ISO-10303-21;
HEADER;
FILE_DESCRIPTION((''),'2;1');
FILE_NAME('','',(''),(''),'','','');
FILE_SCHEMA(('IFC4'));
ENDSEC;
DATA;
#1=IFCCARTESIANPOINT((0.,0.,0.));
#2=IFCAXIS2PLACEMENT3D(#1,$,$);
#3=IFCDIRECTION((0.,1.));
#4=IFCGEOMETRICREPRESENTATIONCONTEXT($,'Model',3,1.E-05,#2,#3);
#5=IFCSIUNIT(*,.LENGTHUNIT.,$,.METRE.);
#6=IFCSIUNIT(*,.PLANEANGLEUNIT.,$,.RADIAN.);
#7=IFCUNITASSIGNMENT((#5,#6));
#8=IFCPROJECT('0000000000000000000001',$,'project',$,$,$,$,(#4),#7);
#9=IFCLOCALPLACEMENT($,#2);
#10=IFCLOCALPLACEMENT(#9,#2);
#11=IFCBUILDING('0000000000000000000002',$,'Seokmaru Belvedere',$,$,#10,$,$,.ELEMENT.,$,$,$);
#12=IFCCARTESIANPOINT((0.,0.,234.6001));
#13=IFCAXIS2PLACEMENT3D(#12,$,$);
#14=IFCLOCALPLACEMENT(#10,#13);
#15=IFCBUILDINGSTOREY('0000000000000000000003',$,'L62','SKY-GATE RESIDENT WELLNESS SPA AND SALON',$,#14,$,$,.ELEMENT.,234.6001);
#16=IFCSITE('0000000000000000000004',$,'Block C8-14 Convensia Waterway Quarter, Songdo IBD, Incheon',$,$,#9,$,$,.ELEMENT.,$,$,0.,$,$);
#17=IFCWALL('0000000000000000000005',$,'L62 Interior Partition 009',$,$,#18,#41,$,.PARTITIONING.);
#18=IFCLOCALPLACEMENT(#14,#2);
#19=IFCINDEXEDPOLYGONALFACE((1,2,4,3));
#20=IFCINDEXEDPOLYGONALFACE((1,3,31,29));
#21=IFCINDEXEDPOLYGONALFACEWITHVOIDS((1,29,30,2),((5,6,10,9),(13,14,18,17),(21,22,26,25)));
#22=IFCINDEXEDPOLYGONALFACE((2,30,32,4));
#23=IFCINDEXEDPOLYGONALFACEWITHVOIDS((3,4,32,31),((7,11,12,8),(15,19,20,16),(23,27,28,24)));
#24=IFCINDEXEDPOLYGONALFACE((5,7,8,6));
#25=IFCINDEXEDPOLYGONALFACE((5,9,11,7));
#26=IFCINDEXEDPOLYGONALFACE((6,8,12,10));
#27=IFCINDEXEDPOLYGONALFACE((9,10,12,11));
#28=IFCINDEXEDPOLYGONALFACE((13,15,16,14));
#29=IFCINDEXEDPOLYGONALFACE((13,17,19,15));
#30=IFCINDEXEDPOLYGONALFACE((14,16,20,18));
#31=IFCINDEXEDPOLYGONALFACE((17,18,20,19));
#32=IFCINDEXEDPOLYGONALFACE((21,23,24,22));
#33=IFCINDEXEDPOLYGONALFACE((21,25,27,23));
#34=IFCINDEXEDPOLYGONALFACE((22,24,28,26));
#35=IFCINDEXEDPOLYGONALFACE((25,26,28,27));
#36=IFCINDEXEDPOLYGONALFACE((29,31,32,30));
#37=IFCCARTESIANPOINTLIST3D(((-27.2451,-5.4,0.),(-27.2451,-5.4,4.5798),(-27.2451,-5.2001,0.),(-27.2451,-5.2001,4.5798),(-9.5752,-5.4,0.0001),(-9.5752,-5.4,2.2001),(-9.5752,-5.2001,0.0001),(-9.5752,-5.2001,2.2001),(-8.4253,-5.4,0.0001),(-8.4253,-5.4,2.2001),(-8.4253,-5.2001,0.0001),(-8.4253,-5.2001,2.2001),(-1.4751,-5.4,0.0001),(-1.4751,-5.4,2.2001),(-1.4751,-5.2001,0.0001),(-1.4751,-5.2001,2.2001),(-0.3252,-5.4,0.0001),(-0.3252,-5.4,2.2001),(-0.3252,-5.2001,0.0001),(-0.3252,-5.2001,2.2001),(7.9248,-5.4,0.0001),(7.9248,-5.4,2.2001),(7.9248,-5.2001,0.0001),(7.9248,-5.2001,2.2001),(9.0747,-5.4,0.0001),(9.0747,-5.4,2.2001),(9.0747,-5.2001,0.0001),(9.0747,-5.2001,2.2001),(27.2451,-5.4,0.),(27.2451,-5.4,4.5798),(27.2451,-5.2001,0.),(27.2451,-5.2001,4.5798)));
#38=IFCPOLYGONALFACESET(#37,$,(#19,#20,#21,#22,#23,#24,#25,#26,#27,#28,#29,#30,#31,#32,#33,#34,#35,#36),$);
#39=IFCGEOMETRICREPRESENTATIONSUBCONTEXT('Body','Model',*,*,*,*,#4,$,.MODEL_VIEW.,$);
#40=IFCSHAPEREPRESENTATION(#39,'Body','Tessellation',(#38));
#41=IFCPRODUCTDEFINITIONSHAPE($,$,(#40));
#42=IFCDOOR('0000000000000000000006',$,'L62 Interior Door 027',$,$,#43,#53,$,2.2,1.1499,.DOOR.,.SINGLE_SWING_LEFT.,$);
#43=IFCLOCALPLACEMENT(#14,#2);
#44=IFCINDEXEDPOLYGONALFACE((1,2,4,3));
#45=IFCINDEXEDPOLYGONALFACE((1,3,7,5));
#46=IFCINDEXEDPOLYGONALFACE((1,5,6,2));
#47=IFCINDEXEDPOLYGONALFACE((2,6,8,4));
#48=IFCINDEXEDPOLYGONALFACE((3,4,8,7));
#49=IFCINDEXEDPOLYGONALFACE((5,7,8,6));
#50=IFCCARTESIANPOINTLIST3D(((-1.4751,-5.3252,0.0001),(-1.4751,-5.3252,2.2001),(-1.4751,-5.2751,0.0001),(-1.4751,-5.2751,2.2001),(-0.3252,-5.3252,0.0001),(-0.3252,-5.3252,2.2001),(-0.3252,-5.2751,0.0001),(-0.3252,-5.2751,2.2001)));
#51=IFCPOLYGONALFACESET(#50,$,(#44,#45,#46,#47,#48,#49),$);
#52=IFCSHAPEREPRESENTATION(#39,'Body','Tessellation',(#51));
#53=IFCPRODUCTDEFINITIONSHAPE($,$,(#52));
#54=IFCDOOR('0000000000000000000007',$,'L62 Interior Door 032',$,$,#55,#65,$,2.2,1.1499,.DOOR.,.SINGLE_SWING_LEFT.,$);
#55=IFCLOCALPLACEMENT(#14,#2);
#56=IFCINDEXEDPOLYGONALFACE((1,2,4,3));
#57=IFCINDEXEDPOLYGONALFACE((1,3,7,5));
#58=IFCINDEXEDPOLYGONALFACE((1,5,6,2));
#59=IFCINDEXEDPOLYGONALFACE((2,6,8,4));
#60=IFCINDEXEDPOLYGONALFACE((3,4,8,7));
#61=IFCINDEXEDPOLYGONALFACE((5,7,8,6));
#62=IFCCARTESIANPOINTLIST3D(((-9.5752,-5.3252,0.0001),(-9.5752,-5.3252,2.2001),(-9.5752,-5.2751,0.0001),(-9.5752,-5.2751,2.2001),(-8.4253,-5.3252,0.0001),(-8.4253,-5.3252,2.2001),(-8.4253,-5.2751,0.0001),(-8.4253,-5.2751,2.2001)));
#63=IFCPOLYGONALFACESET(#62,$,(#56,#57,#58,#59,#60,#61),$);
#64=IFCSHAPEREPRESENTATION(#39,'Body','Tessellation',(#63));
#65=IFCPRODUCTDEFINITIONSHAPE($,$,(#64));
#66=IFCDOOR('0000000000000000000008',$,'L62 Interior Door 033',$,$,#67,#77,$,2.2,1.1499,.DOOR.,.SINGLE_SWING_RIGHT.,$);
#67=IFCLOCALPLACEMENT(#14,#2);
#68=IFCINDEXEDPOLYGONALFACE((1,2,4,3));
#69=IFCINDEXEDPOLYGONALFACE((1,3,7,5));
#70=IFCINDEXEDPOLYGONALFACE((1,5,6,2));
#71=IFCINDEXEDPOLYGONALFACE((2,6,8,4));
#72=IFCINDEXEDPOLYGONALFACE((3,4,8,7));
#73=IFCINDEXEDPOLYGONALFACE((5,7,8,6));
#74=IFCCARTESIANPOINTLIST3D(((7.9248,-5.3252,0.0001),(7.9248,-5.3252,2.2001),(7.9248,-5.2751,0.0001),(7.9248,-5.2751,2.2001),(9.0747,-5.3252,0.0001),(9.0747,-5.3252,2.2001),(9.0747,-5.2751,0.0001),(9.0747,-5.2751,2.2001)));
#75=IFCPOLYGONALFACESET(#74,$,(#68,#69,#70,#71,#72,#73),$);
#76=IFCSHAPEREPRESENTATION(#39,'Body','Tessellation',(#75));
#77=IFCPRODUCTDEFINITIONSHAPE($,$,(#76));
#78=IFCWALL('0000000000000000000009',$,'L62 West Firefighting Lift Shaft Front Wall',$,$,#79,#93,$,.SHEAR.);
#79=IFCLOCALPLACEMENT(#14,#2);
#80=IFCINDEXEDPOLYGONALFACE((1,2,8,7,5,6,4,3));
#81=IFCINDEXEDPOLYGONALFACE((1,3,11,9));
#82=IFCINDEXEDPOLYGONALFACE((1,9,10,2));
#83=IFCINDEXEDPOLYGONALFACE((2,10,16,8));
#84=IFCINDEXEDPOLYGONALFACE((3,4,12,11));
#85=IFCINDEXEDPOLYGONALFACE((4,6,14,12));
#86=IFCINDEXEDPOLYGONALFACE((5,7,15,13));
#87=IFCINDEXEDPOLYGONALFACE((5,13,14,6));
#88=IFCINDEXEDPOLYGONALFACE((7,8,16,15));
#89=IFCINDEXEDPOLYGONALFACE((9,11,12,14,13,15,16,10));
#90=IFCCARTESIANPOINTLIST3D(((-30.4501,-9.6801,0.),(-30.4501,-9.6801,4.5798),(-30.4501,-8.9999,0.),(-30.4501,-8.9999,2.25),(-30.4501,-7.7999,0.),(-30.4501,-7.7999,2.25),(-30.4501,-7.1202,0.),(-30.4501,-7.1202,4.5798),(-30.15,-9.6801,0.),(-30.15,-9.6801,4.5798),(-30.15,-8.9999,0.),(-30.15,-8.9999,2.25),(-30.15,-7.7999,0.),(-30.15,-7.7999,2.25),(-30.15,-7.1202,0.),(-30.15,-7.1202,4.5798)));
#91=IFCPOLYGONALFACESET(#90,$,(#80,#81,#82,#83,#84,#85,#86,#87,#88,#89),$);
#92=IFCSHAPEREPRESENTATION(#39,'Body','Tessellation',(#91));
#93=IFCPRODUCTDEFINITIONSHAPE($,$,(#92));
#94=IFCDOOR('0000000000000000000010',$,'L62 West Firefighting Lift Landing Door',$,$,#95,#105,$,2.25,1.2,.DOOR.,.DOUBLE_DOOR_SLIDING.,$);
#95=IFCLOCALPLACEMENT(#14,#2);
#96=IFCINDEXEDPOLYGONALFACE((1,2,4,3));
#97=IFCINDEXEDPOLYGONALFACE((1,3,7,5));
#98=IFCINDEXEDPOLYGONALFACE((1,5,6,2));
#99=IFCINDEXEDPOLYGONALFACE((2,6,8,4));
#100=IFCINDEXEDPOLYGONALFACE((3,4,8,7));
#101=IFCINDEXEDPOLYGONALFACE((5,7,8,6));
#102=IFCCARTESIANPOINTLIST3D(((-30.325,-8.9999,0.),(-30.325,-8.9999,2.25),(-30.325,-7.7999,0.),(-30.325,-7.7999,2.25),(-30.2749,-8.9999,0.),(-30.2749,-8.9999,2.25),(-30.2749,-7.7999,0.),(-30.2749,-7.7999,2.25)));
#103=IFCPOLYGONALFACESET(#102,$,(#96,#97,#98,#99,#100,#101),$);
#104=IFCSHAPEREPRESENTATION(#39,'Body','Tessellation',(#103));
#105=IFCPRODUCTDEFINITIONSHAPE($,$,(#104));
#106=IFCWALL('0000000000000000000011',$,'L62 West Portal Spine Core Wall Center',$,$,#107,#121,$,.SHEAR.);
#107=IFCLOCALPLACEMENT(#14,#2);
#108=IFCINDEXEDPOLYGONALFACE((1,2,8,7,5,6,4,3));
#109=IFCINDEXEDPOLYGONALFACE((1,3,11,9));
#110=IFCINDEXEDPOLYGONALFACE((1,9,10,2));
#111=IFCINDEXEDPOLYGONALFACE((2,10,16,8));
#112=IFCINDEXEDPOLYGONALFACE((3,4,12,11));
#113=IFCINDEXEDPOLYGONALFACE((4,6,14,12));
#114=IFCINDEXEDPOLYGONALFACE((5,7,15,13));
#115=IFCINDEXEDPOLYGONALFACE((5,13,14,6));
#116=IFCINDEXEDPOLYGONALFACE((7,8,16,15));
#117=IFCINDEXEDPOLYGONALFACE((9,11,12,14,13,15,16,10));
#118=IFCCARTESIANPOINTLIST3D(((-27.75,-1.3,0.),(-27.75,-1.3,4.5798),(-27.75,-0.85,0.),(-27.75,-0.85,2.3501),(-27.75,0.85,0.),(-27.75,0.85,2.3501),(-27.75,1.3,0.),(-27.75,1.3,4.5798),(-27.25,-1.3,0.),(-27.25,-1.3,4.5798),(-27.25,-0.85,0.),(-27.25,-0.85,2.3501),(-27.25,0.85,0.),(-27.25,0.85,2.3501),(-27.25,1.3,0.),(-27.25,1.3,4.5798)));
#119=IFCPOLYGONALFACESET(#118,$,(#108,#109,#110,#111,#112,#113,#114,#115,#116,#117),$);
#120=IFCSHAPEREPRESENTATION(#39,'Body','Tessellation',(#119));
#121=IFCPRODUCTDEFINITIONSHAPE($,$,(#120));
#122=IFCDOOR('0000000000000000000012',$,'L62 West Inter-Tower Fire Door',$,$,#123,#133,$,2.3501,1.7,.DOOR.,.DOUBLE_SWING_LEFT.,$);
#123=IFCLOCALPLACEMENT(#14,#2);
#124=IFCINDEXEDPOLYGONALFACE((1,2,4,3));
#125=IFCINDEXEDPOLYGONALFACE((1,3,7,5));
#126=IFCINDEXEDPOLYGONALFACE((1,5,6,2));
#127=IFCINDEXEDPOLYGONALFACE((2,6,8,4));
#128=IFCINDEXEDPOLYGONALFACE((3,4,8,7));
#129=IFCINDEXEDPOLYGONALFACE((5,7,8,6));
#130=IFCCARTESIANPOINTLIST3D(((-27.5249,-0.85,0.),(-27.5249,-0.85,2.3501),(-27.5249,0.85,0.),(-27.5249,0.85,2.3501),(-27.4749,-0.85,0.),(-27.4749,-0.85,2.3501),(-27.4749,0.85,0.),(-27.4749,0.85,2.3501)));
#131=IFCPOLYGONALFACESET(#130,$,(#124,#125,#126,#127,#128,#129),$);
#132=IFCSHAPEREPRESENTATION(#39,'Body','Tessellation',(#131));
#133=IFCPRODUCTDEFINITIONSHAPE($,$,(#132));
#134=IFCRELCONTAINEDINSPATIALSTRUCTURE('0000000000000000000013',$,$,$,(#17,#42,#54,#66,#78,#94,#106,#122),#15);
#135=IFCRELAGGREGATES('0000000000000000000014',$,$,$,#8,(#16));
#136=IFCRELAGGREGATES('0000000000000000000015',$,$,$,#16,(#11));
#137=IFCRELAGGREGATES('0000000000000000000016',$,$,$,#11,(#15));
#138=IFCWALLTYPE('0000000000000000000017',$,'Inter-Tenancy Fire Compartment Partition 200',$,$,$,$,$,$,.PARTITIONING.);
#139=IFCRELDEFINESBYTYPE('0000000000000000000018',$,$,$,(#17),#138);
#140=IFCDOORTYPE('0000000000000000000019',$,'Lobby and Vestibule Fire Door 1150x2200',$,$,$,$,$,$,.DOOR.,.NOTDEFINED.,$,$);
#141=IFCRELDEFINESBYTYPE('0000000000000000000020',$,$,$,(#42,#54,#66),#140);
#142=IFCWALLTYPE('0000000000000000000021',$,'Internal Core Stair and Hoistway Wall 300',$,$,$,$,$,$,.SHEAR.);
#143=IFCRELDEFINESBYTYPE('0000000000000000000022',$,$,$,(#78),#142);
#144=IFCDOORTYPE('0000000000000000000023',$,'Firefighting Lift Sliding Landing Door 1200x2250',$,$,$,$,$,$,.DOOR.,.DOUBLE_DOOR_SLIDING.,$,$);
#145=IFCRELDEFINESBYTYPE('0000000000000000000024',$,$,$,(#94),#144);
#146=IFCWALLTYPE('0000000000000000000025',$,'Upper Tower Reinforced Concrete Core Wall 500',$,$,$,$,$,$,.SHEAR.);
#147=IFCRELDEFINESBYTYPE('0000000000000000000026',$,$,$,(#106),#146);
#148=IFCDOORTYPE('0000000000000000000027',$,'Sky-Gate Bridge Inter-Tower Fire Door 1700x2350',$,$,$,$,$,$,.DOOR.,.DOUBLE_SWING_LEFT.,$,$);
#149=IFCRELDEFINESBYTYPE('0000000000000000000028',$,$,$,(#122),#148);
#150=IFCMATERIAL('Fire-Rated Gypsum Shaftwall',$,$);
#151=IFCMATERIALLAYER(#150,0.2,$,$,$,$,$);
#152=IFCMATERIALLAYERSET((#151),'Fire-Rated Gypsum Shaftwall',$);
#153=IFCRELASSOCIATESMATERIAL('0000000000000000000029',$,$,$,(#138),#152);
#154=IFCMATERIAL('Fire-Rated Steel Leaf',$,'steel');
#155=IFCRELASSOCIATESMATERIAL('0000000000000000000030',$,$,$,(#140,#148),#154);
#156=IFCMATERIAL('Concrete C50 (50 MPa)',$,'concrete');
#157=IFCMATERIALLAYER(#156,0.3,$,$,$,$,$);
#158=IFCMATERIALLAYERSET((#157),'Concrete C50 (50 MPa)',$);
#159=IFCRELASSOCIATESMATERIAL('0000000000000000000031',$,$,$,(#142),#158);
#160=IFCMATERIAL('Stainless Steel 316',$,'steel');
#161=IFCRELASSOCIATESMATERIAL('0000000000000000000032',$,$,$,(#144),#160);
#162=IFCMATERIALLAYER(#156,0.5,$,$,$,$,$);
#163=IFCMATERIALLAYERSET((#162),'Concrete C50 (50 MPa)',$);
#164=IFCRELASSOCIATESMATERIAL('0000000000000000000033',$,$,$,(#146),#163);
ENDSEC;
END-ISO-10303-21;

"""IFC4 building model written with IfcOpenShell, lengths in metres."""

from ifc_helpers import new_model, si_unit, direction, frame, frame_2d, origin, place, context, subcontext, project, spatial, rectangle, extrude, source, transform, mapped, material, layer, layer_set, type_object, type_shapes, element, fill, save


model = new_model("IFC4")

# Units and contexts
model_context = context("Model", 3, precision=1e-05, world=origin(), true_north=direction((0.0, 1.0)))
body_context = subcontext(model_context, "Body", "Model", "MODEL_VIEW")
ifc_project = project(units=[si_unit("LENGTHUNIT", "METRE"), si_unit("PLANEANGLEUNIT", "RADIAN")], contexts=[model_context])

# Site, building, storey
site_placement = place(None, origin())
site = spatial("IfcSite", under=ifc_project, at=site_placement, Name="Block C8-14 Convensia Waterway Quarter, Songdo IBD, Incheon", CompositionType="ELEMENT", RefElevation=0.0)
building_placement = place(site_placement, origin())
building = spatial("IfcBuilding", under=site, at=building_placement, Name="Seokmaru Belvedere", CompositionType="ELEMENT")
storey_placement = place(building_placement, frame((0.0, 0.0, 234.6001)))
storey = spatial("IfcBuildingStorey", under=building, at=storey_placement, Name="L62", Description="SKY-GATE RESIDENT WELLNESS SPA AND SALON", CompositionType="ELEMENT", Elevation=234.6001)

# Shared definitions
ifc_material_1 = material(Name="Fire-Rated Gypsum Shaftwall")

# Shared definitions
ifc_material_2 = material(Name="Concrete C50 (50 MPa)", Category="concrete")

# Shared definitions
ifc_layer_1 = layer(ifc_material_1, 0.2)
ifc_layer_set_1 = layer_set([ifc_layer_1], Name="Fire-Rated Gypsum Shaftwall")
wall_type_1 = type_object("IfcWallType", Name="Inter-Tenancy Fire Compartment Partition 200", PredefinedType="PARTITIONING", material=ifc_layer_set_1)
ifc_material_3 = material(Name="Fire-Rated Steel Leaf", Category="steel")
door_type_1 = type_object("IfcDoorType", Name="Lobby and Vestibule Fire Door 1150x2200", OperationType="NOTDEFINED", PredefinedType="DOOR", material=ifc_material_3)
shared_shape_1 = source(origin(), body_context, "Body", "SweptSolid", [
    extrude(rectangle(XDim=1.1499, YDim=2.2, at=frame_2d((0.575, 1.1001))), frame((0.0, 0.0249, 0.0), z_axis=(0.0, -1.0, 0.0), x_axis=(1.0, 0.0, 0.0)), (0.0, 0.0, 1.0), 0.05),
])
type_shapes(door_type_1, [shared_shape_1])

# Wall, openings, doors
wall_1_placement = place(storey_placement, frame((-27.2451, -5.3, 0.0), z_axis=(0.0, 0.0, 1.0), x_axis=(1.0, 0.0, 0.0)))
wall_1 = element("IfcWall", 1, at=wall_1_placement, inside=storey, type_object=wall_type_1, Name="L62 Interior Partition 009", PredefinedType="PARTITIONING", context=body_context, shape_type="SweptSolid", body=[
    extrude(rectangle(XDim=54.4902, YDim=0.2, at=frame_2d((27.2451, 0.0))), origin(), (0.0, 0.0, 1.0), 4.5798),
])
opening_1_placement = place(wall_1_placement, frame((25.77, 0.0, 0.0)))
opening_1 = element("IfcOpeningElement", 2, at=opening_1_placement, cuts=wall_1, PredefinedType="OPENING", context=body_context, shape_type="SweptSolid", body=[
    extrude(rectangle(XDim=1.1499, YDim=2.2, at=frame_2d((0.575, 1.1001))), frame((0.0, 0.1099, 0.0), z_axis=(0.0, -1.0, 0.0), x_axis=(1.0, 0.0, 0.0)), (0.0, 0.0, 1.0), 0.22),
])
opening_2_placement = place(wall_1_placement, frame((17.6699, 0.0, 0.0)))
opening_2 = element("IfcOpeningElement", 3, at=opening_2_placement, cuts=wall_1, PredefinedType="OPENING", context=body_context, shape_type="SweptSolid", body=[
    extrude(rectangle(XDim=1.1499, YDim=2.2, at=frame_2d((0.575, 1.1001))), frame((0.0, 0.1099, 0.0), z_axis=(0.0, -1.0, 0.0), x_axis=(1.0, 0.0, 0.0)), (0.0, 0.0, 1.0), 0.22),
])
opening_3_placement = place(wall_1_placement, frame((35.1699, 0.0, 0.0)))
opening_3 = element("IfcOpeningElement", 4, at=opening_3_placement, cuts=wall_1, PredefinedType="OPENING", context=body_context, shape_type="SweptSolid", body=[
    extrude(rectangle(XDim=1.1499, YDim=2.2, at=frame_2d((0.575, 1.1001))), frame((0.0, 0.1099, 0.0), z_axis=(0.0, -1.0, 0.0), x_axis=(1.0, 0.0, 0.0)), (0.0, 0.0, 1.0), 0.22),
])
door_1_placement = place(opening_1_placement, origin())
door_1 = element("IfcDoor", 5, at=door_1_placement, inside=storey, type_object=door_type_1, Name="L62 Interior Door 027", OperationType="SINGLE_SWING_LEFT", OverallHeight=2.2, OverallWidth=1.1499, PredefinedType="DOOR", context=body_context, shape_type="MappedRepresentation", body=[
    mapped(shared_shape_1, transform((0.0, 0.0, 0.0), scale=1.0)),
])
fill(opening_1, door_1)
door_2_placement = place(opening_2_placement, origin())
door_2 = element("IfcDoor", 6, at=door_2_placement, inside=storey, type_object=door_type_1, Name="L62 Interior Door 032", OperationType="SINGLE_SWING_LEFT", OverallHeight=2.2, OverallWidth=1.1499, PredefinedType="DOOR", context=body_context, shape_type="MappedRepresentation", body=[
    mapped(shared_shape_1, transform((0.0, 0.0, 0.0), scale=1.0)),
])
fill(opening_2, door_2)
door_3_placement = place(opening_3_placement, origin())
door_3 = element("IfcDoor", 7, at=door_3_placement, inside=storey, type_object=door_type_1, Name="L62 Interior Door 033", OperationType="SINGLE_SWING_RIGHT", OverallHeight=2.2, OverallWidth=1.1499, PredefinedType="DOOR", context=body_context, shape_type="MappedRepresentation", body=[
    mapped(shared_shape_1, transform((0.0, 0.0, 0.0), scale=1.0)),
])
fill(opening_3, door_3)

# Walls, openings, doors
ifc_layer_2 = layer(ifc_material_2, 0.3)
ifc_layer_set_2 = layer_set([ifc_layer_2], Name="Concrete C50 (50 MPa)")
wall_type_2 = type_object("IfcWallType", Name="Internal Core Stair and Hoistway Wall 300", PredefinedType="SHEAR", material=ifc_layer_set_2)
wall_2_placement = place(storey_placement, frame((-30.3, -9.6799, 0.0), z_axis=(0.0, 0.0, 1.0), x_axis=(0.0, 1.0, 0.0)))
wall_2 = element("IfcWall", 8, at=wall_2_placement, inside=storey, type_object=wall_type_2, Name="L62 West Firefighting Lift Shaft Front Wall", PredefinedType="SHEAR", context=body_context, shape_type="SweptSolid", body=[
    extrude(rectangle(XDim=2.5598, YDim=0.3, at=frame_2d((1.2798, 0.0))), origin(), (0.0, 0.0, 1.0), 4.5798),
])
opening_4_placement = place(wall_2_placement, frame((0.6799, 0.0, 0.0)))
opening_4 = element("IfcOpeningElement", 9, at=opening_4_placement, cuts=wall_2, PredefinedType="OPENING", context=body_context, shape_type="SweptSolid", body=[
    extrude(rectangle(XDim=1.2, YDim=2.25, at=frame_2d((0.6001, 1.125))), frame((0.0, 0.1602, 0.0), z_axis=(0.0, -1.0, 0.0), x_axis=(1.0, 0.0, 0.0)), (0.0, 0.0, 1.0), 0.3201),
])
ifc_material_4 = material(Name="Stainless Steel 316", Category="steel")
door_type_2 = type_object("IfcDoorType", Name="Firefighting Lift Sliding Landing Door 1200x2250", OperationType="DOUBLE_DOOR_SLIDING", PredefinedType="DOOR", material=ifc_material_4)
shared_shape_2 = source(origin(), body_context, "Body", "SweptSolid", [
    extrude(rectangle(XDim=1.2, YDim=2.25, at=frame_2d((0.6001, 1.125))), frame((0.0, 0.0249, 0.0), z_axis=(0.0, -1.0, 0.0), x_axis=(1.0, 0.0, 0.0)), (0.0, 0.0, 1.0), 0.05),
])
type_shapes(door_type_2, [shared_shape_2])
door_4_placement = place(opening_4_placement, origin())
door_4 = element("IfcDoor", 10, at=door_4_placement, inside=storey, type_object=door_type_2, Name="L62 West Firefighting Lift Landing Door", OperationType="DOUBLE_DOOR_SLIDING", OverallHeight=2.25, OverallWidth=1.2, PredefinedType="DOOR", context=body_context, shape_type="MappedRepresentation", body=[
    mapped(shared_shape_2, transform((0.0, 0.0, 0.0), scale=1.0)),
])
fill(opening_4, door_4)
ifc_layer_3 = layer(ifc_material_2, 0.5)
ifc_layer_set_3 = layer_set([ifc_layer_3], Name="Concrete C50 (50 MPa)")
wall_type_3 = type_object("IfcWallType", Name="Upper Tower Reinforced Concrete Core Wall 500", PredefinedType="SHEAR", material=ifc_layer_set_3)
wall_3_placement = place(storey_placement, frame((-27.5, -1.3, 0.0), z_axis=(0.0, 0.0, 1.0), x_axis=(0.0, 1.0, 0.0)))
wall_3 = element("IfcWall", 11, at=wall_3_placement, inside=storey, type_object=wall_type_3, Name="L62 West Portal Spine Core Wall Center", PredefinedType="SHEAR", context=body_context, shape_type="SweptSolid", body=[
    extrude(rectangle(XDim=2.6001, YDim=0.5, at=frame_2d((1.3, 0.0))), origin(), (0.0, 0.0, 1.0), 4.5798),
])
opening_5_placement = place(wall_3_placement, frame((0.45, 0.0, 0.0)))
opening_5 = element("IfcOpeningElement", 12, at=opening_5_placement, cuts=wall_3, PredefinedType="OPENING", context=body_context, shape_type="SweptSolid", body=[
    extrude(rectangle(XDim=1.7, YDim=2.3501, at=frame_2d((0.8501, 1.175))), frame((0.0, 0.26, 0.0), z_axis=(0.0, -1.0, 0.0), x_axis=(1.0, 0.0, 0.0)), (0.0, 0.0, 1.0), 0.52),
])
door_type_3 = type_object("IfcDoorType", Name="Sky-Gate Bridge Inter-Tower Fire Door 1700x2350", OperationType="DOUBLE_SWING_LEFT", PredefinedType="DOOR", material=ifc_material_3)
shared_shape_3 = source(origin(), body_context, "Body", "SweptSolid", [
    extrude(rectangle(XDim=1.7, YDim=2.3501, at=frame_2d((0.8501, 1.175))), frame((0.0, 0.0249, 0.0), z_axis=(0.0, -1.0, 0.0), x_axis=(1.0, 0.0, 0.0)), (0.0, 0.0, 1.0), 0.05),
])
type_shapes(door_type_3, [shared_shape_3])
door_5_placement = place(opening_5_placement, origin())
door_5 = element("IfcDoor", 13, at=door_5_placement, inside=storey, type_object=door_type_3, Name="L62 West Inter-Tower Fire Door", OperationType="DOUBLE_SWING_LEFT", OverallHeight=2.3501, OverallWidth=1.7, PredefinedType="DOOR", context=body_context, shape_type="MappedRepresentation", body=[
    mapped(shared_shape_3, transform((0.0, 0.0, 0.0), scale=1.0)),
])
fill(opening_5, door_5)

save(model, "model.ifc")
